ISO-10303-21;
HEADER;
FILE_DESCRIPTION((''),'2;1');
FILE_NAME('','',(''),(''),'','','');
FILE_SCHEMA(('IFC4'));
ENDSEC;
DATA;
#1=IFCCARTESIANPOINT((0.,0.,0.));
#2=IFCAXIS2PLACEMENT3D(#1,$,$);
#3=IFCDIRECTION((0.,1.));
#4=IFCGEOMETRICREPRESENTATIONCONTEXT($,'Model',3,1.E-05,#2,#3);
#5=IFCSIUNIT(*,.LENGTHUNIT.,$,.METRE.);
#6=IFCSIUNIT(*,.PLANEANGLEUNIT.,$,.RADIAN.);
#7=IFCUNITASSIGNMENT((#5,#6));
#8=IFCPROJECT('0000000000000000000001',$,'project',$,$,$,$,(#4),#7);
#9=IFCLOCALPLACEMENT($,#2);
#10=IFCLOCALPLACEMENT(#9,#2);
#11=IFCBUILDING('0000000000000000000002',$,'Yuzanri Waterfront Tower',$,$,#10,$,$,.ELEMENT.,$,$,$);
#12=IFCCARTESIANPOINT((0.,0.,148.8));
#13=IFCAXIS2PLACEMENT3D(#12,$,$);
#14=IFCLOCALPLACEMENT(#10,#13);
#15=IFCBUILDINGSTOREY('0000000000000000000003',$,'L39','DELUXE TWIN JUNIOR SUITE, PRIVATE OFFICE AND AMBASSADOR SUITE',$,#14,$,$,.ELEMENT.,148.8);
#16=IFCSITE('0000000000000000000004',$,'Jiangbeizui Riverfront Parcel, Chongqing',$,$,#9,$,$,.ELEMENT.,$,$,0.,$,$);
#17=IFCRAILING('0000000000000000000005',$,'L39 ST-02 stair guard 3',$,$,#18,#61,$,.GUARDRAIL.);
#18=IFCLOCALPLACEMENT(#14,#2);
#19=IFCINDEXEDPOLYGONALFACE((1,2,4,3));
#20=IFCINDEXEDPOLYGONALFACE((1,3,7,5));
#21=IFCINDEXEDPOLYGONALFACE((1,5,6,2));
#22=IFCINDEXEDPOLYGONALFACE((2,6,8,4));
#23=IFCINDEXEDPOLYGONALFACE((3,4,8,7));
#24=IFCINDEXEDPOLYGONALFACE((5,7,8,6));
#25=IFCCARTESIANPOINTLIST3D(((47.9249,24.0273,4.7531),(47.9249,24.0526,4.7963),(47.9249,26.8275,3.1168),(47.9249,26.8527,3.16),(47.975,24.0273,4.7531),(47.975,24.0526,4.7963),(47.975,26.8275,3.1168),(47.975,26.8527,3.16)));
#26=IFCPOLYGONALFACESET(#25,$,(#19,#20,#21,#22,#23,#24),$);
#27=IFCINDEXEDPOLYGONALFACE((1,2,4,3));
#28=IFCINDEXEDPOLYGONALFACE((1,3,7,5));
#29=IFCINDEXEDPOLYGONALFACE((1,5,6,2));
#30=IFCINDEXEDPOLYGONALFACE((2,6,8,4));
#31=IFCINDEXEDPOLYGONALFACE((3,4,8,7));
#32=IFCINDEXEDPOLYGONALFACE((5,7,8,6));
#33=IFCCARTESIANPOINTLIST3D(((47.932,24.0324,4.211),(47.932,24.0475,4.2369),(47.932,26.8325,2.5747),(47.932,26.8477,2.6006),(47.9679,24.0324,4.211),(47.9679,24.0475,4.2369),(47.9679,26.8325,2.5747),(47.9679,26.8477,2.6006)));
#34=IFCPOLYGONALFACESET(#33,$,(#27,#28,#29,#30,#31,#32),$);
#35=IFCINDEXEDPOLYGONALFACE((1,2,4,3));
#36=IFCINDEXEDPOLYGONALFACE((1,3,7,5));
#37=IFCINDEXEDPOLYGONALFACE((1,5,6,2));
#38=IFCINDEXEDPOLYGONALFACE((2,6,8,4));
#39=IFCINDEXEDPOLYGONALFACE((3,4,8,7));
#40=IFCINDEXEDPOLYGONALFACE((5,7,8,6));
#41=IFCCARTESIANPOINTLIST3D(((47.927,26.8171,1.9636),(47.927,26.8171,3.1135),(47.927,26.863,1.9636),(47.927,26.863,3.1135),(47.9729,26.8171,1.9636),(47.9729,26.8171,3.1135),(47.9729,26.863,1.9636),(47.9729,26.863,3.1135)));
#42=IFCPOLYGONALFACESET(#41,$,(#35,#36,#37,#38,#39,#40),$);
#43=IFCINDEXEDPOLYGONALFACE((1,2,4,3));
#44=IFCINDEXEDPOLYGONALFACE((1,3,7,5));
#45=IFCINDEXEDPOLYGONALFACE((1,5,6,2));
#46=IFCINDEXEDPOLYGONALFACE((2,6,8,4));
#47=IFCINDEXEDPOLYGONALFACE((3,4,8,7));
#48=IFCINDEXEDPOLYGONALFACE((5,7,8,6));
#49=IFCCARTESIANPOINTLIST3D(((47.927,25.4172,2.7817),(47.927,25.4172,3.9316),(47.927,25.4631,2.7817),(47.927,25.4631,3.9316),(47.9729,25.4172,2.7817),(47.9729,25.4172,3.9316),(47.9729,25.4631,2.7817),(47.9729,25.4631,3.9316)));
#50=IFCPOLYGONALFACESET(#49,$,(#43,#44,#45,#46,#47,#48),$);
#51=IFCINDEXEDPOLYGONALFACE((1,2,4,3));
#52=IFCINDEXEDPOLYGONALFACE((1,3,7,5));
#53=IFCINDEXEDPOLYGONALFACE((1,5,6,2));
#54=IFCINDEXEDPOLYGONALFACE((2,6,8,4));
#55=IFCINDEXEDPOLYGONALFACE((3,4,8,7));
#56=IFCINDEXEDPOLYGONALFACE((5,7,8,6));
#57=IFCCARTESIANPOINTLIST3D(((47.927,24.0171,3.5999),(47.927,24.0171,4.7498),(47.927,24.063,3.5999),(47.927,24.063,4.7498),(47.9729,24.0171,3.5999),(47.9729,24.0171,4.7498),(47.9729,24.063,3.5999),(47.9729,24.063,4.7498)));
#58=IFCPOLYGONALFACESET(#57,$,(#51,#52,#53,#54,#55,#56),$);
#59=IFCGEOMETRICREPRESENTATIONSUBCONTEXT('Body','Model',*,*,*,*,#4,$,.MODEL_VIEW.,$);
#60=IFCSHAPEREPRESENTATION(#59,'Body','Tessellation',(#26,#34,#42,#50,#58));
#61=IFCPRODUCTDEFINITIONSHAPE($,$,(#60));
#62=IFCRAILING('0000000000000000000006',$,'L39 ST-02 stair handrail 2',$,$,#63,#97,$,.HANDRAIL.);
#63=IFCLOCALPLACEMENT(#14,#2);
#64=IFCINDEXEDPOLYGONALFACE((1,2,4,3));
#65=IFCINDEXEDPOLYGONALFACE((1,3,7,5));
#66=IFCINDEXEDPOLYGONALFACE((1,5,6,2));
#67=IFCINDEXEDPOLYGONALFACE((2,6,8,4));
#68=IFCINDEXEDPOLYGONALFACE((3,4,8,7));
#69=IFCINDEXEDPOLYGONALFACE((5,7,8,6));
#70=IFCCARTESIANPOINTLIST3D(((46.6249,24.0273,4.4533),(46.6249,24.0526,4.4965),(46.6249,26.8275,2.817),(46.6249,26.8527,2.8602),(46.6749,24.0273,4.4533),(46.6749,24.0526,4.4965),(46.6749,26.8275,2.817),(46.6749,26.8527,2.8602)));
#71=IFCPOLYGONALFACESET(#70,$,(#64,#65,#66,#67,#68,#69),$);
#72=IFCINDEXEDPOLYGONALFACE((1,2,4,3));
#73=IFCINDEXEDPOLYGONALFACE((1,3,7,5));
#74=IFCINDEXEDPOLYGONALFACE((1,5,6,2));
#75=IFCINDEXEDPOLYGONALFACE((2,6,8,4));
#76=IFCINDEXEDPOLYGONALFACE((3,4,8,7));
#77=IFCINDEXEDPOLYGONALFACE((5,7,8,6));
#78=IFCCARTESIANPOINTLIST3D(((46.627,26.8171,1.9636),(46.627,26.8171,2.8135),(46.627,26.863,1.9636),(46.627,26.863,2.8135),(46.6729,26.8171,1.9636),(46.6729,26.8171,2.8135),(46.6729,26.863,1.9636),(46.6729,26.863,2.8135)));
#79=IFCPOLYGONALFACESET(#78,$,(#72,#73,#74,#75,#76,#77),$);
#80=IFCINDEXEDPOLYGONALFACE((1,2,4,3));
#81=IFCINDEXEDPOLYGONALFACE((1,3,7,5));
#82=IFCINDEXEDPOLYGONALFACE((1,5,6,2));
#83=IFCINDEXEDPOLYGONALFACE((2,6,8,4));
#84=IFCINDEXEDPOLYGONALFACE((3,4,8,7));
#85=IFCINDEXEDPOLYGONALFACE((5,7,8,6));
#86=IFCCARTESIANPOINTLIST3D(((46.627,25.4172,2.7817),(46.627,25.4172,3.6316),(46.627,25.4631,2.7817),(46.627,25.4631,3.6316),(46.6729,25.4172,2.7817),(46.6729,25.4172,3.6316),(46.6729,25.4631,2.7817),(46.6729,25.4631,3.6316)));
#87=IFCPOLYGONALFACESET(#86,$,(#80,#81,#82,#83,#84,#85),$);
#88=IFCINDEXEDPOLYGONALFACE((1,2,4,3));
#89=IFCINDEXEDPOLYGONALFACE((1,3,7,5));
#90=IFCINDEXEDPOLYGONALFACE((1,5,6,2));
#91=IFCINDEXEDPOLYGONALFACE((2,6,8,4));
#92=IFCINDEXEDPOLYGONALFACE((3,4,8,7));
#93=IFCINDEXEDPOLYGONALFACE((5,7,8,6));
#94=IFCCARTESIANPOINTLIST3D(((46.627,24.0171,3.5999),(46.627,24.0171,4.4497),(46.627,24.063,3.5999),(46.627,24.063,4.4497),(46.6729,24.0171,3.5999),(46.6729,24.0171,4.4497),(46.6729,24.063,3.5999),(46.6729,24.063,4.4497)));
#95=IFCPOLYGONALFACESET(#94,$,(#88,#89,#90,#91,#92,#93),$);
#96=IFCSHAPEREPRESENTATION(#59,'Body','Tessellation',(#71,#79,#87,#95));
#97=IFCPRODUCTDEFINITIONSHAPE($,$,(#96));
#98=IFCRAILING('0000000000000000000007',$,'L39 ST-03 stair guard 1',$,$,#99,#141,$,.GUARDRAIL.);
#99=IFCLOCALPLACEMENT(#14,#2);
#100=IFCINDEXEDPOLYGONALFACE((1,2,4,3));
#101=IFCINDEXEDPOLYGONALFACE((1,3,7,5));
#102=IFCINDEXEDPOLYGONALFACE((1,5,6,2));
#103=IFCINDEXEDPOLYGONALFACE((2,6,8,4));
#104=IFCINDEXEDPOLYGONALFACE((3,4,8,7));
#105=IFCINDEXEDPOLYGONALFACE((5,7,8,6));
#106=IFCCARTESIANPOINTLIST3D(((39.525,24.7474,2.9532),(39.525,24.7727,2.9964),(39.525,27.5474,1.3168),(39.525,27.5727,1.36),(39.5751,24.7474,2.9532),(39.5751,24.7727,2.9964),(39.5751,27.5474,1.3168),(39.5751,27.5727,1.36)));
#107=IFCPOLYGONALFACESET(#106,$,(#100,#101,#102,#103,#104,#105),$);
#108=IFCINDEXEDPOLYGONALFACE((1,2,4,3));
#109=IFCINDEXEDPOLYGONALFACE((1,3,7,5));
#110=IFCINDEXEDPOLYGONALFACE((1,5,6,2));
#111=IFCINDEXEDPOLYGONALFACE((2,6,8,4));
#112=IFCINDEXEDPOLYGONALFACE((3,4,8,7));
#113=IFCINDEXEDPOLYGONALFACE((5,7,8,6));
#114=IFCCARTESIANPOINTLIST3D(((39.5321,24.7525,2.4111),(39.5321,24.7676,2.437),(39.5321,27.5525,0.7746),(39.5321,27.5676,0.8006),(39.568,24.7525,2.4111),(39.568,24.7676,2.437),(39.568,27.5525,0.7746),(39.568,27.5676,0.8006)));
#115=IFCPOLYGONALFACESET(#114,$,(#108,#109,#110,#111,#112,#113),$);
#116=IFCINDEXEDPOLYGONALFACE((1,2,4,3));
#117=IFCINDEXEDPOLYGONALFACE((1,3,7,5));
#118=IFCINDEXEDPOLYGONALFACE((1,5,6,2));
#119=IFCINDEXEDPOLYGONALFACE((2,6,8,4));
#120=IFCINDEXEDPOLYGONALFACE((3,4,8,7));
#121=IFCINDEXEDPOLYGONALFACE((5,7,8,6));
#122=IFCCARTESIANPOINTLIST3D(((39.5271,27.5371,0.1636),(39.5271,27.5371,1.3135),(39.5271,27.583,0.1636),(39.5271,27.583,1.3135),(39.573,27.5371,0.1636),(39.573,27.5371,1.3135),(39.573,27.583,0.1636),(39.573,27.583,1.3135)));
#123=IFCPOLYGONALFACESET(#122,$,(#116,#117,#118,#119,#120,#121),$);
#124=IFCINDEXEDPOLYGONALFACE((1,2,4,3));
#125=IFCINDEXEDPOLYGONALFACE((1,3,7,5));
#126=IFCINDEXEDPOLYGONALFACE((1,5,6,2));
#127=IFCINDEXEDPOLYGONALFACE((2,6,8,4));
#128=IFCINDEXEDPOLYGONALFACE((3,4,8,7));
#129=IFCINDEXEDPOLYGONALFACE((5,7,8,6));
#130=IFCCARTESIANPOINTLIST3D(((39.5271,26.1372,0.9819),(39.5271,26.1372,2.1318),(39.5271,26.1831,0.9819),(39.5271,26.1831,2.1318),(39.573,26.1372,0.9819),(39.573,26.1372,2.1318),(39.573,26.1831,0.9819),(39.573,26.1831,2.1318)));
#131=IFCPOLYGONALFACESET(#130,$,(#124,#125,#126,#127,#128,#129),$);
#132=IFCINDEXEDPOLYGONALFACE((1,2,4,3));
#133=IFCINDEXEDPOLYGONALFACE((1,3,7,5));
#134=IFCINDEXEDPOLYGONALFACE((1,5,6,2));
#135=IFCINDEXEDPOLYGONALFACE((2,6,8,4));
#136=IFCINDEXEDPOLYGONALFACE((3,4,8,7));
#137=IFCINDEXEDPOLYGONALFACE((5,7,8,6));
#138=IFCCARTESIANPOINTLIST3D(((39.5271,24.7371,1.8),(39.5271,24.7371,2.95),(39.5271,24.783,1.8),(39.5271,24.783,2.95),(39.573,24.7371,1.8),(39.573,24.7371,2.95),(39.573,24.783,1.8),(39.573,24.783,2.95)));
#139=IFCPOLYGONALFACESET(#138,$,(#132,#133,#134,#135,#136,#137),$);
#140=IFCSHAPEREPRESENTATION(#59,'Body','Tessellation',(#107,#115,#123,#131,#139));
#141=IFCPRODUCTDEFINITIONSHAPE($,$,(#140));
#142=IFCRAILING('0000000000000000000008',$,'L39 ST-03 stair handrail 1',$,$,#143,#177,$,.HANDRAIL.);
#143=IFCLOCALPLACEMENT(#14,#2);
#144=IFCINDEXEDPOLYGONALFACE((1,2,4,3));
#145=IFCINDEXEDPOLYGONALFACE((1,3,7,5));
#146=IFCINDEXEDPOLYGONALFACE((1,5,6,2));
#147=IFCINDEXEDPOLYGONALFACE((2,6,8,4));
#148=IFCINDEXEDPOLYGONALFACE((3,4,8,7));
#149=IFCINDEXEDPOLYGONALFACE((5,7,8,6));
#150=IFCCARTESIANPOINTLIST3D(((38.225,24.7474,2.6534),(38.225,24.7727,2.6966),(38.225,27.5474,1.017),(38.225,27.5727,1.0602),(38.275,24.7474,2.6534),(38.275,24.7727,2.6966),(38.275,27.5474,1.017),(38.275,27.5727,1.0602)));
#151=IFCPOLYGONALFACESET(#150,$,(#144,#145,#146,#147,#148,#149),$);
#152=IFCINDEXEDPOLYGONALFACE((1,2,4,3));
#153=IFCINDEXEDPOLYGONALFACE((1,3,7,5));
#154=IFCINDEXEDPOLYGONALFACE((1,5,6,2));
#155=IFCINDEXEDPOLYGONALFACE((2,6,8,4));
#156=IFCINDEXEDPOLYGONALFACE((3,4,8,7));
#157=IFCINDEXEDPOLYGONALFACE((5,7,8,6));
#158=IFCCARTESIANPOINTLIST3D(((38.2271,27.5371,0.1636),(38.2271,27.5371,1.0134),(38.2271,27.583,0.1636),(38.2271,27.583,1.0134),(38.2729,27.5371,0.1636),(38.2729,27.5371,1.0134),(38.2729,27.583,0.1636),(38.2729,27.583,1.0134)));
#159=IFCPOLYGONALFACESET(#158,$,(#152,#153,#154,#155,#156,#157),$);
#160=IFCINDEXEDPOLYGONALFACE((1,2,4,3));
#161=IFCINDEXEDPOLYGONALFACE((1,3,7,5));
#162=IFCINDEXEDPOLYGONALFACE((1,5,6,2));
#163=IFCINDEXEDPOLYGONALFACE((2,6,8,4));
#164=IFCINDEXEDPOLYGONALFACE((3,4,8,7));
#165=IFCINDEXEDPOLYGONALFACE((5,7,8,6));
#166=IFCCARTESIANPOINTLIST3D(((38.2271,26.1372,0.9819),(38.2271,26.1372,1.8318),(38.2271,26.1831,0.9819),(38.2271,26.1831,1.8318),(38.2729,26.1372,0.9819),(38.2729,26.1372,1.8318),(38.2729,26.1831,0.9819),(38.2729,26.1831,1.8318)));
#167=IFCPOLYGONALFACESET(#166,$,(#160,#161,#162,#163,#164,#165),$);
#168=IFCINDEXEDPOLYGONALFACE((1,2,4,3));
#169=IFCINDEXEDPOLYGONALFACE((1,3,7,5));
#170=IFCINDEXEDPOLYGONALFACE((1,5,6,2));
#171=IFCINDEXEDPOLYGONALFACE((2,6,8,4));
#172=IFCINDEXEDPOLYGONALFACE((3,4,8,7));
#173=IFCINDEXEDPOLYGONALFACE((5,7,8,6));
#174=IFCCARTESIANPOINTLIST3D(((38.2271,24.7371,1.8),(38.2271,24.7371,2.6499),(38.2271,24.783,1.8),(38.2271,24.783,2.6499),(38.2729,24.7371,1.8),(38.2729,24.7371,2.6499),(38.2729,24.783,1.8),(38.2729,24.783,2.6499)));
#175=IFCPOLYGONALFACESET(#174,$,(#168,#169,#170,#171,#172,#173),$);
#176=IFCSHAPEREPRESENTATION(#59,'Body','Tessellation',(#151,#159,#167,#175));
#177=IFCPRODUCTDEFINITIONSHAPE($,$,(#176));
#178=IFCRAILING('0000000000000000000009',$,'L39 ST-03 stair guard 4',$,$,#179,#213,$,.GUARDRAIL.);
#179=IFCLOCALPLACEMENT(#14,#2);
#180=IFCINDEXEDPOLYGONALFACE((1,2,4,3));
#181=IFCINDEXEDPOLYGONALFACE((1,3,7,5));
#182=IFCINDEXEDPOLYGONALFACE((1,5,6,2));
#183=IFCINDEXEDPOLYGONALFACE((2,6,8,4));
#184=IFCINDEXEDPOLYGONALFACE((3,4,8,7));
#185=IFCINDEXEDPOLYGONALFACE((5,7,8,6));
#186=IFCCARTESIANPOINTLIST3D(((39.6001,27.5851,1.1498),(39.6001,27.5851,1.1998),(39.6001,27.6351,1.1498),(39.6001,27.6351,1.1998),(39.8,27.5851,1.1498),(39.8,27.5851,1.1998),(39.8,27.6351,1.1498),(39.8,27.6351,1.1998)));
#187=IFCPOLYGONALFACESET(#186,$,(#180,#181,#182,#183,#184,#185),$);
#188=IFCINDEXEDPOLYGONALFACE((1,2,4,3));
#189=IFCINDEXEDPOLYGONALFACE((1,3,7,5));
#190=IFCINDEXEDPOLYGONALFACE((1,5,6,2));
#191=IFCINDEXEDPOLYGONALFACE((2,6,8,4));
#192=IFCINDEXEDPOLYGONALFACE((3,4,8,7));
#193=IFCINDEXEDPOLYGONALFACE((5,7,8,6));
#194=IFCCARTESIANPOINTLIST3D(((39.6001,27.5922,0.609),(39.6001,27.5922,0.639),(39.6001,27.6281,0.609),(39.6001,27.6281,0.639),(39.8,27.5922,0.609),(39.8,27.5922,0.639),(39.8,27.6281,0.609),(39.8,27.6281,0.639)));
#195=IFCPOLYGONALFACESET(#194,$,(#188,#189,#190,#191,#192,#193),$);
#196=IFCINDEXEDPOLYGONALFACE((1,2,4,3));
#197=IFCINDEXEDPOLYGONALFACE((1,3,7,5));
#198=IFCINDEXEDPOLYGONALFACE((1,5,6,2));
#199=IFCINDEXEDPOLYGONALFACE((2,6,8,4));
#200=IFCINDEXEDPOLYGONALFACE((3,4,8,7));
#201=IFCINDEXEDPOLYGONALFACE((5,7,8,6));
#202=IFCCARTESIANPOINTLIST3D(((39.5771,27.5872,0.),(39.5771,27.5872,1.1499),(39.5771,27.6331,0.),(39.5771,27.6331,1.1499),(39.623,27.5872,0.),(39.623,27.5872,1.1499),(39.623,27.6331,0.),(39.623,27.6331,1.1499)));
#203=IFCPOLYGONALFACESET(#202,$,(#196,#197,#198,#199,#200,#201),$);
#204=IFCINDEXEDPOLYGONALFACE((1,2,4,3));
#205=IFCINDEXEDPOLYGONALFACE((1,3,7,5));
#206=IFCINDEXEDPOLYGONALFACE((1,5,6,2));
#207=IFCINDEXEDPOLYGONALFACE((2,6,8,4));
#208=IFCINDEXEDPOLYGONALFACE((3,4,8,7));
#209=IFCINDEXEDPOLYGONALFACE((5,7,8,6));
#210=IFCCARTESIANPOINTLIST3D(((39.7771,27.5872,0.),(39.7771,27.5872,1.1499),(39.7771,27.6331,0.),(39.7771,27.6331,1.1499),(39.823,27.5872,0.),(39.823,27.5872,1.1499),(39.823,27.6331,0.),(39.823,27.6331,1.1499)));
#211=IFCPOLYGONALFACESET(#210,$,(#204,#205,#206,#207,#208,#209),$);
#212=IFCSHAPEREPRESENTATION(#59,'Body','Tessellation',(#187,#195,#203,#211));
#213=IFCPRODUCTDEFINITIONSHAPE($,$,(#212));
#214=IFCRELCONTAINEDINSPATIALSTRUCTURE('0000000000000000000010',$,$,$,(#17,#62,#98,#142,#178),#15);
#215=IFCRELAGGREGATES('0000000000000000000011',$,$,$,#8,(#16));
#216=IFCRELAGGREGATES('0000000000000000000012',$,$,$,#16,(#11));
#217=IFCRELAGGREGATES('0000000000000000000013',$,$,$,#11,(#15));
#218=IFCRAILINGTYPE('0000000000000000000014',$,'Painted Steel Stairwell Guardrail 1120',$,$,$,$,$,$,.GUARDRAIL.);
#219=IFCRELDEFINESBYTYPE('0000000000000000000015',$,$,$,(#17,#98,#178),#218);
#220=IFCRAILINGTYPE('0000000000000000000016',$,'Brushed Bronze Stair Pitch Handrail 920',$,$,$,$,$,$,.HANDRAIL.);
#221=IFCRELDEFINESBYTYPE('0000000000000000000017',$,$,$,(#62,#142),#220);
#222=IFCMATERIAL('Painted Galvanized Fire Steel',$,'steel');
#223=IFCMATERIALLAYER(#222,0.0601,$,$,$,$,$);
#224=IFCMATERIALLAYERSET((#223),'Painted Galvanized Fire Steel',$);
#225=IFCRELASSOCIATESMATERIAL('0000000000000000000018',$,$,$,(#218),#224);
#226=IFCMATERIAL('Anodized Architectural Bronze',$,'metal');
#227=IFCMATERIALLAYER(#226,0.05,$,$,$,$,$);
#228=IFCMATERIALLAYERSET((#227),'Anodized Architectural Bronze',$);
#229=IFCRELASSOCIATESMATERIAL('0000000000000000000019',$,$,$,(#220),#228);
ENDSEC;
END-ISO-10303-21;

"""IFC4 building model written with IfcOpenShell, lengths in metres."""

from ifc_helpers import new_model, si_unit, direction, frame, origin, origin_2d, place, context, subcontext, project, spatial, rectangle, extrude, source, transform, mapped, material, layer, layer_set, type_object, element, save


model = new_model("IFC4")

# Units and contexts
model_context = context("Model", 3, precision=1e-05, world=origin(), true_north=direction((0.0, 1.0)))
body_context = subcontext(model_context, "Body", "Model", "MODEL_VIEW")
ifc_project = project(units=[si_unit("LENGTHUNIT", "METRE"), si_unit("PLANEANGLEUNIT", "RADIAN")], contexts=[model_context])

# Site, building, storey
site_placement = place(None, origin())
site = spatial("IfcSite", under=ifc_project, at=site_placement, Name="Jiangbeizui Riverfront Parcel, Chongqing", CompositionType="ELEMENT", RefElevation=0.0)
building_placement = place(site_placement, origin())
building = spatial("IfcBuilding", under=site, at=building_placement, Name="Yuzanri Waterfront Tower", CompositionType="ELEMENT")
storey_placement = place(building_placement, frame((0.0, 0.0, 148.8)))
storey = spatial("IfcBuildingStorey", under=building, at=storey_placement, Name="L39", Description="DELUXE TWIN JUNIOR SUITE, PRIVATE OFFICE AND AMBASSADOR SUITE", CompositionType="ELEMENT", Elevation=148.8)

# Railings
ifc_material_1 = material(Name="Painted Galvanized Fire Steel", Category="steel")
ifc_layer_1 = layer(ifc_material_1, 0.0601)
ifc_layer_set_1 = layer_set([ifc_layer_1], Name="Painted Galvanized Fire Steel")
railing_type_1 = type_object("IfcRailingType", Name="Painted Steel Stairwell Guardrail 1120", PredefinedType="GUARDRAIL", material=ifc_layer_set_1)
shared_shape_1 = source(origin(), body_context, "Body", "SweptSolid", [
    extrude(rectangle(XDim=0.05, YDim=0.05, at=origin_2d()), frame((0.0, 0.0, 1.1748), z_axis=(0.0, -0.863394, 0.504531), x_axis=(1.0, 0.0, 0.0)), (0.0, 0.0, 1.0), 3.2432),
    extrude(rectangle(XDim=0.0359, YDim=0.03, at=origin_2d()), frame((0.0, 0.0, 0.624), z_axis=(0.0, -0.863394, 0.504531), x_axis=(1.0, 0.0, 0.0)), (0.0, 0.0, 1.0), 3.2432),
    extrude(rectangle(XDim=0.0459, YDim=0.0459, at=origin_2d()), origin(), (0.0, 0.0, 1.0), 1.1499),
    extrude(rectangle(XDim=0.0459, YDim=0.0459, at=origin_2d()), frame((0.0, -1.3999, 0.8181)), (0.0, 0.0, 1.0), 1.1499),
    extrude(rectangle(XDim=0.0459, YDim=0.0459, at=origin_2d()), frame((0.0, -2.8, 1.6362)), (0.0, 0.0, 1.0), 1.1499),
])
railing_1_placement = place(storey_placement, frame((47.95, 26.8401, 1.9636)))
element("IfcRailing", 1, at=railing_1_placement, inside=storey, type_object=railing_type_1, Name="L39 ST-02 stair guard 3", PredefinedType="GUARDRAIL", context=body_context, shape_type="MappedRepresentation", body=[
    mapped(shared_shape_1, transform((0.0, 0.0, 0.0), scale=1.0)),
])
ifc_material_2 = material(Name="Anodized Architectural Bronze", Category="metal")
ifc_layer_2 = layer(ifc_material_2, 0.05)
ifc_layer_set_2 = layer_set([ifc_layer_2], Name="Anodized Architectural Bronze")
railing_type_2 = type_object("IfcRailingType", Name="Brushed Bronze Stair Pitch Handrail 920", PredefinedType="HANDRAIL", material=ifc_layer_set_2)
shared_shape_2 = source(origin(), body_context, "Body", "SweptSolid", [
    extrude(rectangle(XDim=0.05, YDim=0.05, at=origin_2d()), frame((0.0, 0.0, 0.875), z_axis=(0.0, -0.863394, 0.504531), x_axis=(1.0, 0.0, 0.0)), (0.0, 0.0, 1.0), 3.2432),
    extrude(rectangle(XDim=0.0459, YDim=0.0459, at=origin_2d()), origin(), (0.0, 0.0, 1.0), 0.8499),
    extrude(rectangle(XDim=0.0459, YDim=0.0459, at=origin_2d()), frame((0.0, -1.3999, 0.8181)), (0.0, 0.0, 1.0), 0.8499),
    extrude(rectangle(XDim=0.0459, YDim=0.0459, at=origin_2d()), frame((0.0, -2.8, 1.6362)), (0.0, 0.0, 1.0), 0.8499),
])
railing_2_placement = place(storey_placement, frame((46.6499, 26.8401, 1.9636)))
element("IfcRailing", 2, at=railing_2_placement, inside=storey, type_object=railing_type_2, Name="L39 ST-02 stair handrail 2", PredefinedType="HANDRAIL", context=body_context, shape_type="MappedRepresentation", body=[
    mapped(shared_shape_2, transform((0.0, 0.0, 0.0), scale=1.0)),
])
shared_shape_3 = source(origin(), body_context, "Body", "SweptSolid", [
    extrude(rectangle(XDim=0.05, YDim=0.05, at=origin_2d()), frame((0.0, 0.0, 1.1748), z_axis=(0.0, -0.863361, 0.504587), x_axis=(1.0, 0.0, 0.0)), (0.0, 0.0, 1.0), 3.2432),
    extrude(rectangle(XDim=0.0359, YDim=0.03, at=origin_2d()), frame((0.0, 0.0, 0.624), z_axis=(0.0, -0.863361, 0.504587), x_axis=(1.0, 0.0, 0.0)), (0.0, 0.0, 1.0), 3.2432),
    extrude(rectangle(XDim=0.0459, YDim=0.0459, at=origin_2d()), origin(), (0.0, 0.0, 1.0), 1.1499),
    extrude(rectangle(XDim=0.0459, YDim=0.0459, at=origin_2d()), frame((0.0, -1.3999, 0.8184)), (0.0, 0.0, 1.0), 1.1499),
    extrude(rectangle(XDim=0.0459, YDim=0.0459, at=origin_2d()), frame((0.0, -2.8, 1.6365)), (0.0, 0.0, 1.0), 1.1499),
])
railing_3_placement = place(storey_placement, frame((39.55, 27.5601, 0.1636)))
element("IfcRailing", 3, at=railing_3_placement, inside=storey, type_object=railing_type_1, Name="L39 ST-03 stair guard 1", PredefinedType="GUARDRAIL", context=body_context, shape_type="MappedRepresentation", body=[
    mapped(shared_shape_3, transform((0.0, 0.0, 0.0), scale=1.0)),
])
shared_shape_4 = source(origin(), body_context, "Body", "SweptSolid", [
    extrude(rectangle(XDim=0.05, YDim=0.05, at=origin_2d()), frame((0.0, 0.0, 0.875), z_axis=(0.0, -0.863361, 0.504587), x_axis=(1.0, 0.0, 0.0)), (0.0, 0.0, 1.0), 3.2432),
    extrude(rectangle(XDim=0.0459, YDim=0.0459, at=origin_2d()), origin(), (0.0, 0.0, 1.0), 0.8499),
    extrude(rectangle(XDim=0.0459, YDim=0.0459, at=origin_2d()), frame((0.0, -1.3999, 0.8184)), (0.0, 0.0, 1.0), 0.8499),
    extrude(rectangle(XDim=0.0459, YDim=0.0459, at=origin_2d()), frame((0.0, -2.8, 1.6365)), (0.0, 0.0, 1.0), 0.8499),
])
railing_4_placement = place(storey_placement, frame((38.25, 27.5601, 0.1636)))
element("IfcRailing", 4, at=railing_4_placement, inside=storey, type_object=railing_type_2, Name="L39 ST-03 stair handrail 1", PredefinedType="HANDRAIL", context=body_context, shape_type="MappedRepresentation", body=[
    mapped(shared_shape_4, transform((0.0, 0.0, 0.0), scale=1.0)),
])
shared_shape_5 = source(origin(), body_context, "Body", "SweptSolid", [
    extrude(rectangle(XDim=0.05, YDim=0.05, at=origin_2d()), frame((0.0, 0.0, 1.1748), z_axis=(1.0, 0.0, 0.0), x_axis=(0.0, 1.0, 0.0)), (0.0, 0.0, 1.0), 0.2),
    extrude(rectangle(XDim=0.0359, YDim=0.03, at=origin_2d()), frame((0.0, 0.0, 0.624), z_axis=(1.0, 0.0, 0.0), x_axis=(0.0, 1.0, 0.0)), (0.0, 0.0, 1.0), 0.2),
    extrude(rectangle(XDim=0.0459, YDim=0.0459, at=origin_2d()), origin(), (0.0, 0.0, 1.0), 1.1499),
    extrude(rectangle(XDim=0.0459, YDim=0.0459, at=origin_2d()), frame((0.2, 0.0, 0.0)), (0.0, 0.0, 1.0), 1.1499),
])
railing_5_placement = place(storey_placement, frame((39.6001, 27.6101, 0.0)))
element("IfcRailing", 5, at=railing_5_placement, inside=storey, type_object=railing_type_1, Name="L39 ST-03 stair guard 4", PredefinedType="GUARDRAIL", context=body_context, shape_type="MappedRepresentation", body=[
    mapped(shared_shape_5, transform((0.0, 0.0, 0.0), scale=1.0)),
])

save(model, "model.ifc")
